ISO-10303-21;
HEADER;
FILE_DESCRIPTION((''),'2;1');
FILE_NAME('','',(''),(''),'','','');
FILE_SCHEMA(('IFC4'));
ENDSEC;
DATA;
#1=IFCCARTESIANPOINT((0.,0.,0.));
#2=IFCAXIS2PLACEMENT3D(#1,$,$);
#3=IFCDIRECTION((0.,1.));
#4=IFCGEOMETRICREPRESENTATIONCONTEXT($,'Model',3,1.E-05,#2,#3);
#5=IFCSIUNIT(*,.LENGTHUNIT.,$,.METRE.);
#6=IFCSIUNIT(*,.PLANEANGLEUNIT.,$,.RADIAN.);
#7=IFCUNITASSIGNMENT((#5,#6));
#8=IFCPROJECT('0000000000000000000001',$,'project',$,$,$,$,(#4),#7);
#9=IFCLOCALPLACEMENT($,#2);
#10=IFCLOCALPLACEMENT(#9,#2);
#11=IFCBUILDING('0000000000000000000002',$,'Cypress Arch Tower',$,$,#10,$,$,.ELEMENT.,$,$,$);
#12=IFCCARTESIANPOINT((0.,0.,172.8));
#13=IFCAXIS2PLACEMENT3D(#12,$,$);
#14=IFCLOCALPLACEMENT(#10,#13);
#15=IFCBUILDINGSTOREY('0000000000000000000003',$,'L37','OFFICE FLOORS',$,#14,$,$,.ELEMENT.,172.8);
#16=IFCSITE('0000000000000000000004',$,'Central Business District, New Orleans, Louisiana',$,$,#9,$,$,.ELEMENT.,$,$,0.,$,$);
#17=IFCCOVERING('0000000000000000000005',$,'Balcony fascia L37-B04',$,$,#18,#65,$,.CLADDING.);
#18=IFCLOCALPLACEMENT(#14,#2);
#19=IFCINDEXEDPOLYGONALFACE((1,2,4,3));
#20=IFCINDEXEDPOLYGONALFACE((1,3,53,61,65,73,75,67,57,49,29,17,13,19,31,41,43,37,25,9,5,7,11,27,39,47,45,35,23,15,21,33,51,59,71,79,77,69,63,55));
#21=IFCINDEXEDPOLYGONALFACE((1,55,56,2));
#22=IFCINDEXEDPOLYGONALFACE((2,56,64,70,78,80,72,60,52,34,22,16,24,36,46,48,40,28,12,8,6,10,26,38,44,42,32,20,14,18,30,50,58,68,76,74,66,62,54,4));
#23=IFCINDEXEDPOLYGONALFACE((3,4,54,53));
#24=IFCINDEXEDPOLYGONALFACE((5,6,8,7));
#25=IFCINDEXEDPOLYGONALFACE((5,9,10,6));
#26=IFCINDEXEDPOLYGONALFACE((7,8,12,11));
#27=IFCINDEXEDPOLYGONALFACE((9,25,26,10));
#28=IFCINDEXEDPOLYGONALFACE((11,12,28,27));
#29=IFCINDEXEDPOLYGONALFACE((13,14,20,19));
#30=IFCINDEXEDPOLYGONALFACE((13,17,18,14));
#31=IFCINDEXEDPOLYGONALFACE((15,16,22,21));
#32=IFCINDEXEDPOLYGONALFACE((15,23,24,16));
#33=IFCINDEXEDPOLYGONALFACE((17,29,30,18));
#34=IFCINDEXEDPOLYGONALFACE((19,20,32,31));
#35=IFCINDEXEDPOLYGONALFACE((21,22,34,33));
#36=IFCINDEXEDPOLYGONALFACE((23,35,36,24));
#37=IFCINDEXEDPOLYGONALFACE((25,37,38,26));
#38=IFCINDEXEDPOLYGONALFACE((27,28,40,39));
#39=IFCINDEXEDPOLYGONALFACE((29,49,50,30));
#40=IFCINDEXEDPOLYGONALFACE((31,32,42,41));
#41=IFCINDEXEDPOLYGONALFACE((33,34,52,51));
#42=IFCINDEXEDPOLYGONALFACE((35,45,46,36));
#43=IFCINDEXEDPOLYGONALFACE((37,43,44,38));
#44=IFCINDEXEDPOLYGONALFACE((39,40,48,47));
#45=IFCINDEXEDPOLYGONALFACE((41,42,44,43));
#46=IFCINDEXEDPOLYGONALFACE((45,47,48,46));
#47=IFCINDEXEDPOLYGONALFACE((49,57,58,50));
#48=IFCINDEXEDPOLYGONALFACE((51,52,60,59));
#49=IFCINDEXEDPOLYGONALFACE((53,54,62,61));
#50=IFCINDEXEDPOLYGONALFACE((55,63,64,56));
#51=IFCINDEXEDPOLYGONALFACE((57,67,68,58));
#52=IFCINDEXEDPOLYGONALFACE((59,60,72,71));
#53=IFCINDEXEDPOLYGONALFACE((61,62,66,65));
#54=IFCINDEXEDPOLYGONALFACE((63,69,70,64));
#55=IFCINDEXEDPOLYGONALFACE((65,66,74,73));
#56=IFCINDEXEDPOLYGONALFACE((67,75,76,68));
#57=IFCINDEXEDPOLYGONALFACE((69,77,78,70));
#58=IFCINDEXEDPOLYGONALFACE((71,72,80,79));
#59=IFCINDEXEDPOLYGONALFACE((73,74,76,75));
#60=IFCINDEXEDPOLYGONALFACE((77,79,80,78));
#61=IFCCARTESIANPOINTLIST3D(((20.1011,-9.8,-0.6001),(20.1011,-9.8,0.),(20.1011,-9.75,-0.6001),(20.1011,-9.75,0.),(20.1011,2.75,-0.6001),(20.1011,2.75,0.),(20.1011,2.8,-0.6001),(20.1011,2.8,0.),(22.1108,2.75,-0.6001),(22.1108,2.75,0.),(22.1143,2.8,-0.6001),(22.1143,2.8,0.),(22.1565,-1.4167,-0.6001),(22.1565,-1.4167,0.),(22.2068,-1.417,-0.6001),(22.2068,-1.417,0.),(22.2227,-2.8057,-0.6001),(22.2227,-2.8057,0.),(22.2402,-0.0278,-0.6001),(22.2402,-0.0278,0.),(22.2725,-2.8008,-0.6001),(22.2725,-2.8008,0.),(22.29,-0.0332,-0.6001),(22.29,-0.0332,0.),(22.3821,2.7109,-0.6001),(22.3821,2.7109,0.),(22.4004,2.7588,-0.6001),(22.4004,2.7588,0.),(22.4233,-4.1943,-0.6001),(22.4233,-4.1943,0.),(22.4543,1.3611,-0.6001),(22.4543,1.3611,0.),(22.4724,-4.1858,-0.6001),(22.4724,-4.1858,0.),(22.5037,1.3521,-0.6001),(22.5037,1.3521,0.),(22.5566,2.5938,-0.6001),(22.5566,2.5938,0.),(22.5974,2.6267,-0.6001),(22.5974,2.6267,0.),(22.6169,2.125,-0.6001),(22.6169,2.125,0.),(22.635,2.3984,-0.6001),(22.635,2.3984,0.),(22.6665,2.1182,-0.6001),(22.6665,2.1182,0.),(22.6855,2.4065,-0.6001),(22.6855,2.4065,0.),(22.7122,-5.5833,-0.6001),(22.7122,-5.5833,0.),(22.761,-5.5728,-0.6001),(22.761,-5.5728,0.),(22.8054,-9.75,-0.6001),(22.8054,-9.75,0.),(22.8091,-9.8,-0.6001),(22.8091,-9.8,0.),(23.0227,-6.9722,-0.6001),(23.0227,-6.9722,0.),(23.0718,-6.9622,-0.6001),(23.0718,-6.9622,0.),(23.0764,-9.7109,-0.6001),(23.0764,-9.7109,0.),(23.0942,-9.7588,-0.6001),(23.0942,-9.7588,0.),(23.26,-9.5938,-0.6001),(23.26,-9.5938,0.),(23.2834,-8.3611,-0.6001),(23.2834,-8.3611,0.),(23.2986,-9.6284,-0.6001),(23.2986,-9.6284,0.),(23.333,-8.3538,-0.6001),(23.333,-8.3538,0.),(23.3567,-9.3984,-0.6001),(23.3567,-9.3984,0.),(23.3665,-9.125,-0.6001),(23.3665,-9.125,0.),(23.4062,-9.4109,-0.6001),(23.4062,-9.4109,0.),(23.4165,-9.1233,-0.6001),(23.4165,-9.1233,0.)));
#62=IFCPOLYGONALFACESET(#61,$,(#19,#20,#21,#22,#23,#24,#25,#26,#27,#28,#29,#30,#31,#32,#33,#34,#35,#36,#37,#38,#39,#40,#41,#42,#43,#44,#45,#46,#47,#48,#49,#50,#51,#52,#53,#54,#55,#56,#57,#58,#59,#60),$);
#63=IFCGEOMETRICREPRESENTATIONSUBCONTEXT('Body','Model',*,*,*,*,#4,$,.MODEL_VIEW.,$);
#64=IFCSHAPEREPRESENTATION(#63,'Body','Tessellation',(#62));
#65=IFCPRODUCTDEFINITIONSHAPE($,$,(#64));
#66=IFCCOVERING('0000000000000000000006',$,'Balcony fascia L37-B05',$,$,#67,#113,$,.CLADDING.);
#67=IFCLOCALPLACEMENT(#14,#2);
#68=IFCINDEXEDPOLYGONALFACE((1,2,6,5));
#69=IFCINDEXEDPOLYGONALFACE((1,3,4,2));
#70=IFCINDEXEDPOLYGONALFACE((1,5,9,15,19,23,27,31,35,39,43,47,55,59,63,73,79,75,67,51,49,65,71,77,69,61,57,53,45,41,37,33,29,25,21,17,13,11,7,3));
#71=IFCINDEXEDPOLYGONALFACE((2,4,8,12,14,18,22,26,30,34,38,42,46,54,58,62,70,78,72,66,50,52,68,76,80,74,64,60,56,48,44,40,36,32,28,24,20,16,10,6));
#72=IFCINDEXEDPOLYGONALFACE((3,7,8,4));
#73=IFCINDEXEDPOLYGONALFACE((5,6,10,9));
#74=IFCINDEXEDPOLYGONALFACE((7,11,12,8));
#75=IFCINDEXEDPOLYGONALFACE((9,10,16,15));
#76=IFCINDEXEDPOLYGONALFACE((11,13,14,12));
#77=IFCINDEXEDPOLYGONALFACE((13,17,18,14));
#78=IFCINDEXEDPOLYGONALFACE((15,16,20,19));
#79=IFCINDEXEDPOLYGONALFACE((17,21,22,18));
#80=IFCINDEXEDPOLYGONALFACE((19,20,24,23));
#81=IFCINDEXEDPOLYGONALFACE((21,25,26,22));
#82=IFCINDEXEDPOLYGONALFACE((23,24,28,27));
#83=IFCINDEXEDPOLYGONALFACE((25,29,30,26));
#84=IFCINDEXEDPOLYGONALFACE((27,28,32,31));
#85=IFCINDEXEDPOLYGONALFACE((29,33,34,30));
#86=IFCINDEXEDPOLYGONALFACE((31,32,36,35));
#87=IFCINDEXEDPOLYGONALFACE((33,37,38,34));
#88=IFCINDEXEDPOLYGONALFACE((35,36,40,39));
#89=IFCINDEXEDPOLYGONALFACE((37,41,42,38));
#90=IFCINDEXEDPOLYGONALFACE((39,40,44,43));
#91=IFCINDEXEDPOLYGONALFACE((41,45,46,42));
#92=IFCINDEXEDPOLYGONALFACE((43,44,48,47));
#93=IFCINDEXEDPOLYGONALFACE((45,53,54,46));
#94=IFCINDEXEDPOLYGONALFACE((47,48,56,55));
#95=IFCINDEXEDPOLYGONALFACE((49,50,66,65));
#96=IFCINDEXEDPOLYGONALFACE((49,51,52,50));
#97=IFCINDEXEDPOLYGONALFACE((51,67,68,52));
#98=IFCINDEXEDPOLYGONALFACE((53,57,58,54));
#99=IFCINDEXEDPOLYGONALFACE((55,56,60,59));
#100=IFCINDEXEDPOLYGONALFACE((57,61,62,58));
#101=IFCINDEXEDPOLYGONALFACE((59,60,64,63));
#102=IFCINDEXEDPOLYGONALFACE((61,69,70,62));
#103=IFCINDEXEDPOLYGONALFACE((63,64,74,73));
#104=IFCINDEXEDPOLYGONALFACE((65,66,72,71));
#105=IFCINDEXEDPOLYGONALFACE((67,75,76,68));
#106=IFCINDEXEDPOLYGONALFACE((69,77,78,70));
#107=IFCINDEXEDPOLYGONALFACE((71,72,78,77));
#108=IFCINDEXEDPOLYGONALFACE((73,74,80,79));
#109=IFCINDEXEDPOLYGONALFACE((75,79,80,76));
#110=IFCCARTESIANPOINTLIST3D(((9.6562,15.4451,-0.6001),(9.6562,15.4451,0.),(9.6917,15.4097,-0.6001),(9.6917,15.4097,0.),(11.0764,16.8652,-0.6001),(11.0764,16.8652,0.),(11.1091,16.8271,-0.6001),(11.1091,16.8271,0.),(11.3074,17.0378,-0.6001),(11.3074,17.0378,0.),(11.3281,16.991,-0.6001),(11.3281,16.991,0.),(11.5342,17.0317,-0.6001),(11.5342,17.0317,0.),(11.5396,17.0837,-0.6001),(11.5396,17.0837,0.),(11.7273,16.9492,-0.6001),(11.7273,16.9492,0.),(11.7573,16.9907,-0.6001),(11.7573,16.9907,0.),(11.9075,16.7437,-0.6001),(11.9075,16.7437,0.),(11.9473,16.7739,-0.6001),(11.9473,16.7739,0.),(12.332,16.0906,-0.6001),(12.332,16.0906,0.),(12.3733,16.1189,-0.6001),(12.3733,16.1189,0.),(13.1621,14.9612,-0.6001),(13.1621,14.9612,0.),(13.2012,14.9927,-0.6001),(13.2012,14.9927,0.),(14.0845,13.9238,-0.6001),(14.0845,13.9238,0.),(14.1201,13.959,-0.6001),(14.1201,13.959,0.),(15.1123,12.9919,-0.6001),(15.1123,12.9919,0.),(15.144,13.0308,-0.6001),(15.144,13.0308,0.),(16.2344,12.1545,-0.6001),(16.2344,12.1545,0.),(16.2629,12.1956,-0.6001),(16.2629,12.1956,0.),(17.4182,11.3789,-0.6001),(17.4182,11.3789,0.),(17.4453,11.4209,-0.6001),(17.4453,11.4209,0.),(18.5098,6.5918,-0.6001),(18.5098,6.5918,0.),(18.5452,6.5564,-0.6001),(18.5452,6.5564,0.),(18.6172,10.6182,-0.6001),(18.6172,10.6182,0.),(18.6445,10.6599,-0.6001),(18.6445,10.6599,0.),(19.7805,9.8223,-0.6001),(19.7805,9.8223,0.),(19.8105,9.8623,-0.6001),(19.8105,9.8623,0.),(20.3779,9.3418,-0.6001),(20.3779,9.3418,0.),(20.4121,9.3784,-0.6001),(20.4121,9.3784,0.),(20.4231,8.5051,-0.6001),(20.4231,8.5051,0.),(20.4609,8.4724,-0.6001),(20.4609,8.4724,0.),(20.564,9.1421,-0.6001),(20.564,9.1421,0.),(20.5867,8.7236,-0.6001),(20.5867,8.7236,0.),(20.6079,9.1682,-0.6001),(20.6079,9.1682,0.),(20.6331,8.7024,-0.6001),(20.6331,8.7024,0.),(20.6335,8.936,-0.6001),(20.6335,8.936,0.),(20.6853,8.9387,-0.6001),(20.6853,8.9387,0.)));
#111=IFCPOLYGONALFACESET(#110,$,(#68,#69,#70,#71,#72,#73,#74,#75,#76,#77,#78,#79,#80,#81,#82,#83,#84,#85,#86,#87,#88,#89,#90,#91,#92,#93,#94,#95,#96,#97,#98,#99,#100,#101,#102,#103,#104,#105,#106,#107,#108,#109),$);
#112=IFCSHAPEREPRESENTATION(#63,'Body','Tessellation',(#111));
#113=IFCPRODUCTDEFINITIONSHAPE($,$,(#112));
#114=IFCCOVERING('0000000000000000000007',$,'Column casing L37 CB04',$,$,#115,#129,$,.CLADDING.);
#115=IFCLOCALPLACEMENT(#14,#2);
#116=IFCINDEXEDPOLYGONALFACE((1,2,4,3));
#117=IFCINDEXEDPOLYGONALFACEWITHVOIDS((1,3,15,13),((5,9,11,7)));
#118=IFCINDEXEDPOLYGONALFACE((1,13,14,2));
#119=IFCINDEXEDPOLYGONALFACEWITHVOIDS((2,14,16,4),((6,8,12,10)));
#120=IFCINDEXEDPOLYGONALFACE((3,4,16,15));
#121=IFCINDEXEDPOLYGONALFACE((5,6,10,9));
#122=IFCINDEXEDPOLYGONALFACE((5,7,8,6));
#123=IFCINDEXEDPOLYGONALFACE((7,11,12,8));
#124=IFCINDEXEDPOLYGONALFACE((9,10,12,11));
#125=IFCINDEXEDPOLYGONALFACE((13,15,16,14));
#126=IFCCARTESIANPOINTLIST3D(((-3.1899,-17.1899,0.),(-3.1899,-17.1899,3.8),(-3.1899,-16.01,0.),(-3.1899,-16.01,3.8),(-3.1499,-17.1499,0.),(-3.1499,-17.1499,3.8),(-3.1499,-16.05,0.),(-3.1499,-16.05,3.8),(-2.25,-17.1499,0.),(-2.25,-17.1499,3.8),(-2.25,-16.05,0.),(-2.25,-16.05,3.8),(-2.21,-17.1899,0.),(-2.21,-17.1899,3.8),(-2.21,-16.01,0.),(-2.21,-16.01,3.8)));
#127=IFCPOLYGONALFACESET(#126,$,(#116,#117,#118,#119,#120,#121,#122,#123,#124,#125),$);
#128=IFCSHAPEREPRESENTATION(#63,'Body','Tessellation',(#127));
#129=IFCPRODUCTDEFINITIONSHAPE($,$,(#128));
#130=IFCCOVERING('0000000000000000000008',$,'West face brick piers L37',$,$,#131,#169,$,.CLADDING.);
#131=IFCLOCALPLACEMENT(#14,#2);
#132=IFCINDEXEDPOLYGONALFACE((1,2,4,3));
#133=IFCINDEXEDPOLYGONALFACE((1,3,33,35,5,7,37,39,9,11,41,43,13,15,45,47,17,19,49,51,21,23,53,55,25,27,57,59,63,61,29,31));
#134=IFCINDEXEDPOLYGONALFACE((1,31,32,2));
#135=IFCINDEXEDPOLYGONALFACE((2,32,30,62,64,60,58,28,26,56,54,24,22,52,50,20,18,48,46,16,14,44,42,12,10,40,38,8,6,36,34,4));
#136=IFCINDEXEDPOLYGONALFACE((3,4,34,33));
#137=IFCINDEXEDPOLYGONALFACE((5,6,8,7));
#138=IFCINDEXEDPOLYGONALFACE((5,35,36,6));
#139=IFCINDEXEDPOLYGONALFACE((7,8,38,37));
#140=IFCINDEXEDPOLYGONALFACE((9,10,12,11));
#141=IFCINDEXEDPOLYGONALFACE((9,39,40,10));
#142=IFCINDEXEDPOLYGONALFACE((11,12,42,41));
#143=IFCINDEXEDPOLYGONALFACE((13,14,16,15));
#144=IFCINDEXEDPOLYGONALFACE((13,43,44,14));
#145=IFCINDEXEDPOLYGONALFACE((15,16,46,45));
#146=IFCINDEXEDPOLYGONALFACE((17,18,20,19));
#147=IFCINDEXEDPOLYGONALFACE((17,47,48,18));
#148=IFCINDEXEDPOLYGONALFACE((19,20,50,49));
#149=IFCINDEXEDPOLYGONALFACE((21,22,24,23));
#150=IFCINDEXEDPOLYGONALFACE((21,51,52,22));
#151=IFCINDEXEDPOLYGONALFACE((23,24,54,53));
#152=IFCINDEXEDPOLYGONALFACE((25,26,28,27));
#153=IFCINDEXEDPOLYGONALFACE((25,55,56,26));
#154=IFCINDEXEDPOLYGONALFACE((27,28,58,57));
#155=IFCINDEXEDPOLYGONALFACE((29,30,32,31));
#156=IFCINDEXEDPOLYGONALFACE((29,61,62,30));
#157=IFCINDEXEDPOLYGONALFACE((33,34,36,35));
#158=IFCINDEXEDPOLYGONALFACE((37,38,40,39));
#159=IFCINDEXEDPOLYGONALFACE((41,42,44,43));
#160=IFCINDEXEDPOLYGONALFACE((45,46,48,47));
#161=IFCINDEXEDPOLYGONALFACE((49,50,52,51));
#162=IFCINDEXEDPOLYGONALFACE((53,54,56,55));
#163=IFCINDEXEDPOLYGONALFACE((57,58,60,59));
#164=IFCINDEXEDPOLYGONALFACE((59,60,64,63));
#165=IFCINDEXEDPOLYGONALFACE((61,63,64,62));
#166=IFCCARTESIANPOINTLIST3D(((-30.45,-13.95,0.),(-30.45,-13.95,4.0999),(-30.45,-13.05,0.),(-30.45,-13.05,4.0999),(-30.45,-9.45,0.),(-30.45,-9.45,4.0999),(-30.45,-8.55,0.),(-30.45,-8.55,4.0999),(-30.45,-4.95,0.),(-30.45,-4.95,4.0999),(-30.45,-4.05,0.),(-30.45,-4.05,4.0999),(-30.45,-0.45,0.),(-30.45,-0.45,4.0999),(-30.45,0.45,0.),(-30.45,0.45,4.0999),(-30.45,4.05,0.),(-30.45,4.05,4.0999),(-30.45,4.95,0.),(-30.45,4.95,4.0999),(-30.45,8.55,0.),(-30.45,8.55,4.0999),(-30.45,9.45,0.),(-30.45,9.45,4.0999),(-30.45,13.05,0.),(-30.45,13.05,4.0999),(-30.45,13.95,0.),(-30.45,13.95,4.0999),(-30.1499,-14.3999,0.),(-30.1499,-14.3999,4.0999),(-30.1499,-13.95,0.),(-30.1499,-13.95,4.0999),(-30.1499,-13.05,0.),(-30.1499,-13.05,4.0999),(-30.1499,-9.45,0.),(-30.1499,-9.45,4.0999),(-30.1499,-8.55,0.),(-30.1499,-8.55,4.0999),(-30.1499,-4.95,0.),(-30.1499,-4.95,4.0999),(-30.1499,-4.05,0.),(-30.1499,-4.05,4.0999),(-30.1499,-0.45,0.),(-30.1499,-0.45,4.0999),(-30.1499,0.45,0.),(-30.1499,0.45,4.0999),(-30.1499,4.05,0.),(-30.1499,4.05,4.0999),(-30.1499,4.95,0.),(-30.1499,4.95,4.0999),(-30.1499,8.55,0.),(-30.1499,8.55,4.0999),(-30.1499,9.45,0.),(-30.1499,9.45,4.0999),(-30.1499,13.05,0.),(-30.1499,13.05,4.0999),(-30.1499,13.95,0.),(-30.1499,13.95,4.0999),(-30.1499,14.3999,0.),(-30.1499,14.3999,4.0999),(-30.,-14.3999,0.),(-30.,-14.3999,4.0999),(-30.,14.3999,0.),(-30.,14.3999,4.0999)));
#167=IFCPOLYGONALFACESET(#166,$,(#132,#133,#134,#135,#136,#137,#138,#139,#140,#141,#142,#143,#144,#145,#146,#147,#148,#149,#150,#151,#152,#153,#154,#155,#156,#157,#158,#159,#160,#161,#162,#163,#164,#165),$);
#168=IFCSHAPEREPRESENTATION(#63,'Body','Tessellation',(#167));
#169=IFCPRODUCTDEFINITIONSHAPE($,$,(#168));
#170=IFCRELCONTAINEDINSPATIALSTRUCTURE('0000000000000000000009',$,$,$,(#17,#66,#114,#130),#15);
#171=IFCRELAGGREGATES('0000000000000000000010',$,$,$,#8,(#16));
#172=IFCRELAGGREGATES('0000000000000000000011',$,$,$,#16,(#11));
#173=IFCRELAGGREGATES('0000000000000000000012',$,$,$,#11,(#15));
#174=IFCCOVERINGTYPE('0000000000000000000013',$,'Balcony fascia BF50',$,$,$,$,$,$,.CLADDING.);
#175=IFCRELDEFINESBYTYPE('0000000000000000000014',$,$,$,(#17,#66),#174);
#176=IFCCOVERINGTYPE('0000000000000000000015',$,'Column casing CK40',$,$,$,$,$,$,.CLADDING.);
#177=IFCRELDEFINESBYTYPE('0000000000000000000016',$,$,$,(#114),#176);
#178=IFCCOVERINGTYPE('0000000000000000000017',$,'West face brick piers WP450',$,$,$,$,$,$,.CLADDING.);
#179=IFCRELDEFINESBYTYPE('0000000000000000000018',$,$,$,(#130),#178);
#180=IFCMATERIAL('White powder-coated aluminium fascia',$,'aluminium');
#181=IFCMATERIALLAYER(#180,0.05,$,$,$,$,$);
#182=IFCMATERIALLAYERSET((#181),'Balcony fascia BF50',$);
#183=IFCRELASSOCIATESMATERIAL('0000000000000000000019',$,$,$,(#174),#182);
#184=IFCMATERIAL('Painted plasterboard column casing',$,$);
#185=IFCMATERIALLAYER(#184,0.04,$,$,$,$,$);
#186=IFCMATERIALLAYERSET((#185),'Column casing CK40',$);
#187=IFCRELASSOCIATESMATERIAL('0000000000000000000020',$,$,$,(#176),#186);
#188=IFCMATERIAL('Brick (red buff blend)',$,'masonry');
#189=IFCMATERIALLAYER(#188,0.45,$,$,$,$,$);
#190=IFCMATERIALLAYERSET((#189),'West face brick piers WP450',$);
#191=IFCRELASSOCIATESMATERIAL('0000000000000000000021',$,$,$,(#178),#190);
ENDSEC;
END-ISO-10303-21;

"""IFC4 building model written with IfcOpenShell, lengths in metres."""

from ifc_helpers import new_model, si_unit, direction, frame, origin, place, context, subcontext, project, spatial, polyline, outline, extrude, material, layer, layer_set, type_object, element, save


model = new_model("IFC4")

# Units and contexts
model_context = context("Model", 3, precision=1e-05, world=origin(), true_north=direction((0.0, 1.0)))
body_context = subcontext(model_context, "Body", "Model", "MODEL_VIEW")
ifc_project = project(units=[si_unit("LENGTHUNIT", "METRE"), si_unit("PLANEANGLEUNIT", "RADIAN")], contexts=[model_context])

# Site, building, storey
site_placement = place(None, origin())
site = spatial("IfcSite", under=ifc_project, at=site_placement, Name="Central Business District, New Orleans, Louisiana", CompositionType="ELEMENT", RefElevation=0.0)
building_placement = place(site_placement, origin())
building = spatial("IfcBuilding", under=site, at=building_placement, Name="Cypress Arch Tower", CompositionType="ELEMENT")
storey_placement = place(building_placement, frame((0.0, 0.0, 172.8)))
storey = spatial("IfcBuildingStorey", under=building, at=storey_placement, Name="L37", Description="OFFICE FLOORS", CompositionType="ELEMENT", Elevation=172.8)

# Coverings
ifc_material_1 = material(Name="White powder-coated aluminium fascia", Category="aluminium")
ifc_layer_1 = layer(ifc_material_1, 0.05)
ifc_layer_set_1 = layer_set([ifc_layer_1], Name="Balcony fascia BF50")
covering_type_1 = type_object("IfcCoveringType", Name="Balcony fascia BF50", PredefinedType="CLADDING", material=ifc_layer_set_1)
covering_1_placement = place(storey_placement, frame((0.0, 0.0, -0.6001)))
element("IfcCovering", 1, at=covering_1_placement, inside=storey, type_object=covering_type_1, Name="Balcony fascia L37-B04", PredefinedType="CLADDING", context=body_context, shape_type="SweptSolid", body=[
    extrude(outline(polyline([(22.1143, 2.8), (22.4004, 2.7588), (22.5974, 2.6267), (22.6855, 2.4065), (22.6665, 2.1182), (22.5037, 1.3521), (22.29, -0.0332), (22.2068, -1.417), (22.2725, -2.8008), (22.4724, -4.1858), (22.761, -5.5728), (23.0718, -6.9622), (23.333, -8.3538), (23.4165, -9.1233), (23.4062, -9.4109), (23.2986, -9.6284), (23.0942, -9.7588), (22.8091, -9.8), (20.1011, -9.8), (20.1011, -9.75), (22.8054, -9.75), (23.0764, -9.7109), (23.26, -9.5938), (23.3567, -9.3984), (23.3665, -9.125), (23.2834, -8.3611), (23.0227, -6.9722), (22.7122, -5.5833), (22.4233, -4.1943), (22.2227, -2.8057), (22.1565, -1.4167), (22.2402, -0.0278), (22.4543, 1.3611), (22.6169, 2.125), (22.635, 2.3984), (22.5566, 2.5938), (22.3821, 2.7109), (22.1108, 2.75), (20.1011, 2.75), (20.1011, 2.8), (22.1143, 2.8)])), origin(), (0.0, 0.0, 1.0), 0.6001),
])
covering_2_placement = place(storey_placement, frame((0.0, 0.0, -0.6001)))
element("IfcCovering", 2, at=covering_2_placement, inside=storey, type_object=covering_type_1, Name="Balcony fascia L37-B05", PredefinedType="CLADDING", context=body_context, shape_type="SweptSolid", body=[
    extrude(outline(polyline([(11.0764, 16.8652), (11.3074, 17.0378), (11.5396, 17.0837), (11.7573, 16.9907), (11.9473, 16.7739), (12.3733, 16.1189), (13.2012, 14.9927), (14.1201, 13.959), (15.144, 13.0308), (16.2629, 12.1956), (17.4453, 11.4209), (18.6445, 10.6599), (19.8105, 9.8623), (20.4121, 9.3784), (20.6079, 9.1682), (20.6853, 8.9387), (20.6331, 8.7024), (20.4609, 8.4724), (18.5452, 6.5564), (18.5098, 6.5918), (20.4231, 8.5051), (20.5867, 8.7236), (20.6335, 8.936), (20.564, 9.1421), (20.3779, 9.3418), (19.7805, 9.8223), (18.6172, 10.6182), (17.4182, 11.3789), (16.2344, 12.1545), (15.1123, 12.9919), (14.0845, 13.9238), (13.1621, 14.9612), (12.332, 16.0906), (11.9075, 16.7437), (11.7273, 16.9492), (11.5342, 17.0317), (11.3281, 16.991), (11.1091, 16.8271), (9.6917, 15.4097), (9.6562, 15.4451), (11.0764, 16.8652)])), origin(), (0.0, 0.0, 1.0), 0.6001),
])
ifc_material_2 = material(Name="Painted plasterboard column casing")
ifc_layer_2 = layer(ifc_material_2, 0.04)
ifc_layer_set_2 = layer_set([ifc_layer_2], Name="Column casing CK40")
covering_type_2 = type_object("IfcCoveringType", Name="Column casing CK40", PredefinedType="CLADDING", material=ifc_layer_set_2)
covering_3_placement = place(storey_placement, origin())
element("IfcCovering", 3, at=covering_3_placement, inside=storey, type_object=covering_type_2, Name="Column casing L37 CB04", PredefinedType="CLADDING", context=body_context, shape_type="SweptSolid", body=[
    extrude(outline(polyline([(-3.1899, -17.1899), (-3.1899, -16.01), (-2.21, -16.01), (-2.21, -17.1899), (-3.1899, -17.1899)]), holes=[polyline([(-3.1499, -17.1499), (-2.25, -17.1499), (-2.25, -16.05), (-3.1499, -16.05), (-3.1499, -17.1499)])]), origin(), (0.0, 0.0, 1.0), 3.8),
])
ifc_material_3 = material(Name="Brick (red buff blend)", Category="masonry")
ifc_layer_3 = layer(ifc_material_3, 0.45)
ifc_layer_set_3 = layer_set([ifc_layer_3], Name="West face brick piers WP450")
covering_type_3 = type_object("IfcCoveringType", Name="West face brick piers WP450", PredefinedType="CLADDING", material=ifc_layer_set_3)
covering_4_placement = place(storey_placement, origin())
element("IfcCovering", 4, at=covering_4_placement, inside=storey, type_object=covering_type_3, Name="West face brick piers L37", PredefinedType="CLADDING", context=body_context, shape_type="SweptSolid", body=[
    extrude(outline(polyline([(-30.1499, -13.05), (-30.1499, -9.45), (-30.45, -9.45), (-30.45, -8.55), (-30.1499, -8.55), (-30.1499, -4.95), (-30.45, -4.95), (-30.45, -4.05), (-30.1499, -4.05), (-30.1499, -0.45), (-30.45, -0.45), (-30.45, 0.45), (-30.1499, 0.45), (-30.1499, 4.05), (-30.45, 4.05), (-30.45, 4.95), (-30.1499, 4.95), (-30.1499, 8.55), (-30.45, 8.55), (-30.45, 9.45), (-30.1499, 9.45), (-30.1499, 13.05), (-30.45, 13.05), (-30.45, 13.95), (-30.1499, 13.95), (-30.1499, 14.3999), (-30.0, 14.3999), (-30.0, -14.3999), (-30.1499, -14.3999), (-30.1499, -13.95), (-30.45, -13.95), (-30.45, -13.05), (-30.1499, -13.05)])), origin(), (0.0, 0.0, 1.0), 4.0999),
])

save(model, "model.ifc")
